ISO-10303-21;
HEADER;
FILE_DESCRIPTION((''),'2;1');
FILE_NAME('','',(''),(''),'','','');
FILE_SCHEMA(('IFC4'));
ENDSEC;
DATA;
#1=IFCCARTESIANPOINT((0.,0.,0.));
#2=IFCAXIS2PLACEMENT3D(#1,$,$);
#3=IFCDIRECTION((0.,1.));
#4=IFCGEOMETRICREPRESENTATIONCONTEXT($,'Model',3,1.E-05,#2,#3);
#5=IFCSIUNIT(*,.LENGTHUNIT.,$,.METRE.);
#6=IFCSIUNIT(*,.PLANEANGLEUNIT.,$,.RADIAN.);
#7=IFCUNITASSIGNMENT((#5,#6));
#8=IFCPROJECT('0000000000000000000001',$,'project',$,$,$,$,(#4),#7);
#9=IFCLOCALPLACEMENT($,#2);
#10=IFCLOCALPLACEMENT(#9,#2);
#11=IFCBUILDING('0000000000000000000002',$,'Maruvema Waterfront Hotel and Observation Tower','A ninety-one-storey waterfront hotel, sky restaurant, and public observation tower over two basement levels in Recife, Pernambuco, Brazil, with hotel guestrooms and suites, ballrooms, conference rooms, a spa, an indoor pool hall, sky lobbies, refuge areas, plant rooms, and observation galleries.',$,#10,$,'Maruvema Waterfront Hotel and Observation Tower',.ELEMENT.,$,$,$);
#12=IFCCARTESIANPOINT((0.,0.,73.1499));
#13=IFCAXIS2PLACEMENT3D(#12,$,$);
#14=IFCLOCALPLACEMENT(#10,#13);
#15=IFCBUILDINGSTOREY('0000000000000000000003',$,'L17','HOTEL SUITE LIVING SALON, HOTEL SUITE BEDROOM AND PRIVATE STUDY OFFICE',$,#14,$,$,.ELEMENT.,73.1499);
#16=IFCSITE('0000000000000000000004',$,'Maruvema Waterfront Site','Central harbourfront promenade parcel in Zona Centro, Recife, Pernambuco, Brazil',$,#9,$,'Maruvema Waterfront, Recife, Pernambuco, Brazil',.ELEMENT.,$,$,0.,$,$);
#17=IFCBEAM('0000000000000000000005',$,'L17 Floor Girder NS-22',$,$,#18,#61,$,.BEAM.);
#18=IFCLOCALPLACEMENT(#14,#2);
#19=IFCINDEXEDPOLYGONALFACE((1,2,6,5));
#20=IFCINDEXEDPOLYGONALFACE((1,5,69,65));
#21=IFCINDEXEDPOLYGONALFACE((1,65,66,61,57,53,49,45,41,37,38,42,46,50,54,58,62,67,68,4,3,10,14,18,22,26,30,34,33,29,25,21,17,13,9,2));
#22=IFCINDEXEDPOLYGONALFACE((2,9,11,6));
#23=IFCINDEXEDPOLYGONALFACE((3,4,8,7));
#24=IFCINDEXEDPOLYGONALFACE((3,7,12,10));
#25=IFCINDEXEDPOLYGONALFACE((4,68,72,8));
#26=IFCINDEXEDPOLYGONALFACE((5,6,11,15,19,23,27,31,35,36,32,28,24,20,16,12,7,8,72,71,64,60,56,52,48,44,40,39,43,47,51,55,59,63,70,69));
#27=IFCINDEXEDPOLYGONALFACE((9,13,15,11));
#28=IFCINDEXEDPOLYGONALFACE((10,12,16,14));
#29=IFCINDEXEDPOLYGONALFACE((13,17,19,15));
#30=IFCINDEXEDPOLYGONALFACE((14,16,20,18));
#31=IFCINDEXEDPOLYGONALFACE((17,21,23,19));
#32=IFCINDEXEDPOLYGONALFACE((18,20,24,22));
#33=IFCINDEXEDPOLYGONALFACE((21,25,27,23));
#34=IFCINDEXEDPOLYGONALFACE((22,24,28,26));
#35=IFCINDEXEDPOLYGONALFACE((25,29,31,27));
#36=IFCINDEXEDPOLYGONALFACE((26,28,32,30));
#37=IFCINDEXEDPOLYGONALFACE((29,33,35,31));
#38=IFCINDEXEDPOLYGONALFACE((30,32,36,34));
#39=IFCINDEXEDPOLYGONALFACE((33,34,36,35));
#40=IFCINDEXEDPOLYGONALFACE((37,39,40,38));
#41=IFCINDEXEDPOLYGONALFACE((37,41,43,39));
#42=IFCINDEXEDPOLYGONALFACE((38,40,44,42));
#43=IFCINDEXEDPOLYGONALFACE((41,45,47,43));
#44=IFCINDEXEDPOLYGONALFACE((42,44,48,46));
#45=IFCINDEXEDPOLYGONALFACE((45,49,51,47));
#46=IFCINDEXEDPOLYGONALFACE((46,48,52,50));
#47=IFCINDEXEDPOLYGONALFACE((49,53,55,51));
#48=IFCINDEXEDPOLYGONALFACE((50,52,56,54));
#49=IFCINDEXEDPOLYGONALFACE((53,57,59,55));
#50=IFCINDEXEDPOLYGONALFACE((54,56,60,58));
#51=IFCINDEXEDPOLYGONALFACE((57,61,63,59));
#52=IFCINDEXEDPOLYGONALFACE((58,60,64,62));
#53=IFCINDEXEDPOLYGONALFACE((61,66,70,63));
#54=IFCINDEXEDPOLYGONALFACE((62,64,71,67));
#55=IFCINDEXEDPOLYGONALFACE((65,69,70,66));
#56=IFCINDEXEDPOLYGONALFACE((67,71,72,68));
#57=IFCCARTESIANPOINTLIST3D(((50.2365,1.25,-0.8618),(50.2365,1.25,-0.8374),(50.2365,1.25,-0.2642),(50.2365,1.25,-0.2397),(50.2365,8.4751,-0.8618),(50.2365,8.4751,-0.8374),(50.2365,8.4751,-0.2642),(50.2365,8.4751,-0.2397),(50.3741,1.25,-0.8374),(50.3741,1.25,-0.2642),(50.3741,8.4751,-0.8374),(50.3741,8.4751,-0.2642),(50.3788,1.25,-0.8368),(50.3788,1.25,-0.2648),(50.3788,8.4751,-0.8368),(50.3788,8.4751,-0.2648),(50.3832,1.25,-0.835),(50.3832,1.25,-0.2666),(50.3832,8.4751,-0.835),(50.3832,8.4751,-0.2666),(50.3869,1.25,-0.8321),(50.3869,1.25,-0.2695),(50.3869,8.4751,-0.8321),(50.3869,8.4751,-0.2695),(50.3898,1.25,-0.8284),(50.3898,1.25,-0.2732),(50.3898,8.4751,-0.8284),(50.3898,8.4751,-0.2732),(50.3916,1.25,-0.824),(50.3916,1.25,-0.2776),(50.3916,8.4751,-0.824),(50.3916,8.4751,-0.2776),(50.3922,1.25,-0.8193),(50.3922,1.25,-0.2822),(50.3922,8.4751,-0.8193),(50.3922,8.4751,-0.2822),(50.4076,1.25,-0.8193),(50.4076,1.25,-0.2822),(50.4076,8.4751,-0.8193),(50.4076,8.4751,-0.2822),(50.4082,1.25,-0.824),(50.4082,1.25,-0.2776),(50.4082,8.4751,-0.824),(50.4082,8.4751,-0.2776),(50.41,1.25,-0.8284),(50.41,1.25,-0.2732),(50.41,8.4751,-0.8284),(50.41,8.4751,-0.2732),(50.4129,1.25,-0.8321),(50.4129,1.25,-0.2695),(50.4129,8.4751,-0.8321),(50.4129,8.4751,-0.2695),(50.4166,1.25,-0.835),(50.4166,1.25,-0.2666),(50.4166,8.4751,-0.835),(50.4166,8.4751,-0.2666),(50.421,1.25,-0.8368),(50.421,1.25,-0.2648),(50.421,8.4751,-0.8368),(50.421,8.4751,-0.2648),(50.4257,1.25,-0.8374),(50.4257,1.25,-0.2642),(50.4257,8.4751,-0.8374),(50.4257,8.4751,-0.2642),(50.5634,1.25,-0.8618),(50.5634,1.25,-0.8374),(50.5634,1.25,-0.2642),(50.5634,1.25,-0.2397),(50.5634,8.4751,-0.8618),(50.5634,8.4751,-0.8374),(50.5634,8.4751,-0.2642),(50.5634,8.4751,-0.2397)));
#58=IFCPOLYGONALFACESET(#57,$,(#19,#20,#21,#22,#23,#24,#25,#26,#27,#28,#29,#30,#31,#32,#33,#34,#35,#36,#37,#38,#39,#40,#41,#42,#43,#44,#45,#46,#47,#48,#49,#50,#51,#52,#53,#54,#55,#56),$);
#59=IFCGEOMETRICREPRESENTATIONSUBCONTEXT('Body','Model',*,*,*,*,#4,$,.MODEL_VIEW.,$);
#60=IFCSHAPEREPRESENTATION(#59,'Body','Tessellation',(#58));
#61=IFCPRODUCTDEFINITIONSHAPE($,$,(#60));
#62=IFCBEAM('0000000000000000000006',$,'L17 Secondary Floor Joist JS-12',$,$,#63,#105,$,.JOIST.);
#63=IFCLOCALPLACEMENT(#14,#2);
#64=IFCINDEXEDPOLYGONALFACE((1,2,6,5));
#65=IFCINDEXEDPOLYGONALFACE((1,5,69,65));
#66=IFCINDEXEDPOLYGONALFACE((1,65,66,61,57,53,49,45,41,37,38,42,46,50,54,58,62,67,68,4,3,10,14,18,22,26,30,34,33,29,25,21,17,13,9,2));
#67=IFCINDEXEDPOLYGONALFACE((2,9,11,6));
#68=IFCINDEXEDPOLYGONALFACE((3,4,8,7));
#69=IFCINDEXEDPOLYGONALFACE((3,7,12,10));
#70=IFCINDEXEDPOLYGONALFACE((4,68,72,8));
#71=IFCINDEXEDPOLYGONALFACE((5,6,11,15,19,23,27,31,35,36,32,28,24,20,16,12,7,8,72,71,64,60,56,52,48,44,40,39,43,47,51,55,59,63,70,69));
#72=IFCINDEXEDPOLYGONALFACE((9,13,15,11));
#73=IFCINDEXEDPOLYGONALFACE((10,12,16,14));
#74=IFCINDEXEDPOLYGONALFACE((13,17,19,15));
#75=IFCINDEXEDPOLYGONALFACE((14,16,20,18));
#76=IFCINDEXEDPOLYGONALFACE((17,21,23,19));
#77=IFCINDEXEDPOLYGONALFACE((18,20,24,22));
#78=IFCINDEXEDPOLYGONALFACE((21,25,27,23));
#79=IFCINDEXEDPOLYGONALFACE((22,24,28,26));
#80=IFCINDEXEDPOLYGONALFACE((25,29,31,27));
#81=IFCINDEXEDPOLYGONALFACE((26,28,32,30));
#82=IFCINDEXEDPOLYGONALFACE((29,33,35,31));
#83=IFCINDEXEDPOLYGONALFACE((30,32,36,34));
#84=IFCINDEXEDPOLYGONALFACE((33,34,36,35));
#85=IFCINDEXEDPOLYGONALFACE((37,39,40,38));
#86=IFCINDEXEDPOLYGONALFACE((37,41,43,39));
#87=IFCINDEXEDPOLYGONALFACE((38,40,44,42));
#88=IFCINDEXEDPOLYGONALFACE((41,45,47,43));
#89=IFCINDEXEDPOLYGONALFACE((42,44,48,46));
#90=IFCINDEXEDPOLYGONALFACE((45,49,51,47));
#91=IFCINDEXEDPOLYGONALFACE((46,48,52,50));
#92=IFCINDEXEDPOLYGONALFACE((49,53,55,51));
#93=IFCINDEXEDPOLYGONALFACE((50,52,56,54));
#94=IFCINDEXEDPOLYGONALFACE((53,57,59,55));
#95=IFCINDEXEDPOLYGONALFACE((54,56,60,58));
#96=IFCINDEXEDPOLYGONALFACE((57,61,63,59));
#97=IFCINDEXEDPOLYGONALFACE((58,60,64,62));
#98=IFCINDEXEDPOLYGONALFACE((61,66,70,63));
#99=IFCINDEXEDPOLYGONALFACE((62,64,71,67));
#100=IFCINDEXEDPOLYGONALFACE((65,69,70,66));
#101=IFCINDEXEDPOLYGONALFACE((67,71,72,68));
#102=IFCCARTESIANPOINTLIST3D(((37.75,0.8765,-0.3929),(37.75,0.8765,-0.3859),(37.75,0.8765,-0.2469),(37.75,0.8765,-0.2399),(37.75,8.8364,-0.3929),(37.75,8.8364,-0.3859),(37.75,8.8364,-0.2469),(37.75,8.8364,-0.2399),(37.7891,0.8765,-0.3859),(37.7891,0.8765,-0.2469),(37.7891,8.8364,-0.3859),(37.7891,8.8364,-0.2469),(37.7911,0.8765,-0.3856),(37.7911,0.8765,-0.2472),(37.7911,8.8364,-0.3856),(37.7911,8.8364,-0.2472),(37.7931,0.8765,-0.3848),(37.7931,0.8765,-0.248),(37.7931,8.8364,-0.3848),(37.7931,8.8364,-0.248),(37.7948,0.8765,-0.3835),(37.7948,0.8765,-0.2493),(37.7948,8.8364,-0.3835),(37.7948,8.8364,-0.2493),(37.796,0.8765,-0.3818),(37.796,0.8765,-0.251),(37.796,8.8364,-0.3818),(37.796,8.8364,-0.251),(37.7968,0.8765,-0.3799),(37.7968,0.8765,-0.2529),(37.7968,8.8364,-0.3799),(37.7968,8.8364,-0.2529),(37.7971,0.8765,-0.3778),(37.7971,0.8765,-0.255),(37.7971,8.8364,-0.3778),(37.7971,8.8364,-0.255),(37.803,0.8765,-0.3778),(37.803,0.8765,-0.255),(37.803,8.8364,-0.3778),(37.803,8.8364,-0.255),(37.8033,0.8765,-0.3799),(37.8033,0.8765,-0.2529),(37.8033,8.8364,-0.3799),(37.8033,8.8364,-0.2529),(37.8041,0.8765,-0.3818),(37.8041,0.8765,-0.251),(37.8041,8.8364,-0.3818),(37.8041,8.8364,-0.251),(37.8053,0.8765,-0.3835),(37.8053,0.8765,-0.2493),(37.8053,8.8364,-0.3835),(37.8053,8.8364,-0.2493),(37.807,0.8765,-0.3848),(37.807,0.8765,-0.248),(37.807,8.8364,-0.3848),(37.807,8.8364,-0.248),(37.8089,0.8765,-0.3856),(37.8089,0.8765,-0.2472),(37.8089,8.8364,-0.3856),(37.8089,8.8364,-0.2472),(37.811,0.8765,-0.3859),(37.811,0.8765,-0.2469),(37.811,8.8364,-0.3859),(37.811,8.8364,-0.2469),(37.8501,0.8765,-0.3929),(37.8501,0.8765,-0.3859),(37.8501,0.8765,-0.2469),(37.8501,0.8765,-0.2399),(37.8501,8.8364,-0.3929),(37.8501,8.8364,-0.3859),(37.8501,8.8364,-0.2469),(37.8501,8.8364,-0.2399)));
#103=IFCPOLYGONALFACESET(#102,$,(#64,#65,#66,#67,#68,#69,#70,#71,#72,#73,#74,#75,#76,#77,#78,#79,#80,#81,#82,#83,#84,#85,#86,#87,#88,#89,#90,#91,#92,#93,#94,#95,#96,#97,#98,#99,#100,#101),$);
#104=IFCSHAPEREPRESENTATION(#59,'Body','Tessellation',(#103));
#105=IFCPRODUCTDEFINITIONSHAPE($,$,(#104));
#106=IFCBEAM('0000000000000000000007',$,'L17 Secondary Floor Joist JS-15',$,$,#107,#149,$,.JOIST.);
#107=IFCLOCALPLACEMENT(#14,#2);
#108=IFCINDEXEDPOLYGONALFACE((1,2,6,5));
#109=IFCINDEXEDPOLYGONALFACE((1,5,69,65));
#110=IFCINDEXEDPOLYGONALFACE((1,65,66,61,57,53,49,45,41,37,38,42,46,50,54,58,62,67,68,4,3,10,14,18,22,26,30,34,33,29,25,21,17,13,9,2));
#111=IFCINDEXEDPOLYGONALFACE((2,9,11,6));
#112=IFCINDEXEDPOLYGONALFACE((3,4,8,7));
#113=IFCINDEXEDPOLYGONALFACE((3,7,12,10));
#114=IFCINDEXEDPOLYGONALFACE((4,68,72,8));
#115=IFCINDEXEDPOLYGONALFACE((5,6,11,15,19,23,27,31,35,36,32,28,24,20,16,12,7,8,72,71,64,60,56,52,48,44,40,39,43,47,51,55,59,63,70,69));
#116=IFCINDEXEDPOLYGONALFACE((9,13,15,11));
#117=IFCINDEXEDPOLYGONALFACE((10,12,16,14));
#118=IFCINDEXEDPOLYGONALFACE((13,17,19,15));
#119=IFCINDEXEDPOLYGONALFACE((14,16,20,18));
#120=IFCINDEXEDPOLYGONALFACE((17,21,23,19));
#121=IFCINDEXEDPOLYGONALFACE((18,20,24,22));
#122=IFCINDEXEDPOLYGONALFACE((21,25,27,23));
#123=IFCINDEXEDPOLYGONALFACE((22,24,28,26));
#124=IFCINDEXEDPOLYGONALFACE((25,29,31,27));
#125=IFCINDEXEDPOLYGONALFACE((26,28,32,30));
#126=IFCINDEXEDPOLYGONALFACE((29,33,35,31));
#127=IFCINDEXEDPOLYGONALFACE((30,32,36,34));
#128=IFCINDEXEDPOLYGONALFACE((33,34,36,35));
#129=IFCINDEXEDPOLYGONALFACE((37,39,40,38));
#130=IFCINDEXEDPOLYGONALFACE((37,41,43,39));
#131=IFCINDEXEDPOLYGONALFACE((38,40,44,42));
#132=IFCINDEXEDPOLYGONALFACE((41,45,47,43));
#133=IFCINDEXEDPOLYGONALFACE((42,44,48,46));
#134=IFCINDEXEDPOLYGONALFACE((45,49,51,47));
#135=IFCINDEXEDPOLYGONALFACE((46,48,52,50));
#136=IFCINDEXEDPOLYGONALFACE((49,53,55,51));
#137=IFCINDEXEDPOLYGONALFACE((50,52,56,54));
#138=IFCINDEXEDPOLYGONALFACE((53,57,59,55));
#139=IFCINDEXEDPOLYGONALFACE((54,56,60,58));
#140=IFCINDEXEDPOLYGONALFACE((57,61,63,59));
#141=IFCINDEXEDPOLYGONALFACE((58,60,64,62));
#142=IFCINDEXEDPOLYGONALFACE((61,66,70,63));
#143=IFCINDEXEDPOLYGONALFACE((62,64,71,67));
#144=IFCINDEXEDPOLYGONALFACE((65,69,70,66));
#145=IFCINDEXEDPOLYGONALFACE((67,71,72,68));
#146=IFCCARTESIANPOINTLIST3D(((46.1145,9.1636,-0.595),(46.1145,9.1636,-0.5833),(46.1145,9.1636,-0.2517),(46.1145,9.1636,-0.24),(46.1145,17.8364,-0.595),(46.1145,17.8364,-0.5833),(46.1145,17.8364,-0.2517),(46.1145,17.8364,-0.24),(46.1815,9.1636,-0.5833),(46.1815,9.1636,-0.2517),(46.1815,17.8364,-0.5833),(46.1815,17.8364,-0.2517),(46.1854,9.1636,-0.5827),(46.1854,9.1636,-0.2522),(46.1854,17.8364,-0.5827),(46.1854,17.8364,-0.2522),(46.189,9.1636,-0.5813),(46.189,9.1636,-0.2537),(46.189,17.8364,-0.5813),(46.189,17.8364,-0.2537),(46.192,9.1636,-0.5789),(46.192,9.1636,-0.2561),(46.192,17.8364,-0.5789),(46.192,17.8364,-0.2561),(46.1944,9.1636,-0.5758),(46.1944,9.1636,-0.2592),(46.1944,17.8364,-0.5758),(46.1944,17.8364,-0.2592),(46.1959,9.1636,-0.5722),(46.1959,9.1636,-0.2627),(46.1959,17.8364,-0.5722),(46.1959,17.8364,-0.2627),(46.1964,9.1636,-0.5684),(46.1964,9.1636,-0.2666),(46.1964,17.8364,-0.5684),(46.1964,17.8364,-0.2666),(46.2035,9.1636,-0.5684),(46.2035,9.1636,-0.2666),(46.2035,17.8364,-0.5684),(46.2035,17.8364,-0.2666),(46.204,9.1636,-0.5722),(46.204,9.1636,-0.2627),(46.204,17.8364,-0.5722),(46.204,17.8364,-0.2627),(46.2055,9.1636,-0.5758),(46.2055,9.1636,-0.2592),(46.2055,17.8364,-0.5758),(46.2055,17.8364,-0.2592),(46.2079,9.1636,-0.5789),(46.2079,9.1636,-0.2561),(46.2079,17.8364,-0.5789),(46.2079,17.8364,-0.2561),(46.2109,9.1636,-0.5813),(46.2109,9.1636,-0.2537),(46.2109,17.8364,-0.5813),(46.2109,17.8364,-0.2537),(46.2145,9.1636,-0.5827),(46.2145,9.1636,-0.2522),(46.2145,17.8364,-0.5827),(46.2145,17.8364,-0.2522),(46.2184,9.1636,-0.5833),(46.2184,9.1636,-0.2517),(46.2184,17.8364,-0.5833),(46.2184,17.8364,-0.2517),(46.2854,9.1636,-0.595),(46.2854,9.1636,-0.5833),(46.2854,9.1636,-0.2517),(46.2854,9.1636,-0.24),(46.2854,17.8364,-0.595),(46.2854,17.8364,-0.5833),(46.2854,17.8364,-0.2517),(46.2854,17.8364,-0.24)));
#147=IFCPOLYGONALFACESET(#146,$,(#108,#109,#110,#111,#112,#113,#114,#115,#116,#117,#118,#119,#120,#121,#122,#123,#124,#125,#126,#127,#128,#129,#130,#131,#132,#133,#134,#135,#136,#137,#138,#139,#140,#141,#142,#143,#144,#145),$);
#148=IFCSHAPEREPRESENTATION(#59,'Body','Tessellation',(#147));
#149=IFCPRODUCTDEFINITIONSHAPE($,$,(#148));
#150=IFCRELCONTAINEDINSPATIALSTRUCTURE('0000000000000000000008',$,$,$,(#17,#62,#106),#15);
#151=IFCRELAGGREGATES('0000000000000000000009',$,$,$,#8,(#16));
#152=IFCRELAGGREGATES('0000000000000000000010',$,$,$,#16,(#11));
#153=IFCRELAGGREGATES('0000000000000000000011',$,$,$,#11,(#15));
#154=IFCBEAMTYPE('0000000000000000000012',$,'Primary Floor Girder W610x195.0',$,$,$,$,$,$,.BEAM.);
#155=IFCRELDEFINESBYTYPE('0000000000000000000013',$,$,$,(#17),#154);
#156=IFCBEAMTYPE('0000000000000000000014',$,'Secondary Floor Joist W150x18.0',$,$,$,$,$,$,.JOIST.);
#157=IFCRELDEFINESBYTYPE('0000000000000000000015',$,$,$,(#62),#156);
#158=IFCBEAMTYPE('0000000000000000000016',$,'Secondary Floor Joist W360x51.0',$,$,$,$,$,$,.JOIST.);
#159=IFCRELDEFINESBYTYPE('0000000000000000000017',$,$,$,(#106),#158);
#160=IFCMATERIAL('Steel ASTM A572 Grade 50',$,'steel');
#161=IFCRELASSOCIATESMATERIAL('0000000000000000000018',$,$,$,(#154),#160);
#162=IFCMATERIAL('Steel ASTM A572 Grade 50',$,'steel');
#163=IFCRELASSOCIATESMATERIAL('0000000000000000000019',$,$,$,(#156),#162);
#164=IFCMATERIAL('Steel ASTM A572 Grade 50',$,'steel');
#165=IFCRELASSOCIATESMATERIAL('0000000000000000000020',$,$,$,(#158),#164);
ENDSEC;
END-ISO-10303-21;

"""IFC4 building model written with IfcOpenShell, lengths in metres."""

from ifc_helpers import new_model, si_unit, direction, frame, origin, origin_2d, place, context, subcontext, project, spatial, i_section, extrude, material, material_profile, profile_set, type_object, element, save


model = new_model("IFC4")

# Units and contexts
model_context = context("Model", 3, precision=1e-05, world=origin(), true_north=direction((0.0, 1.0)))
body_context = subcontext(model_context, "Body", "Model", "MODEL_VIEW")
ifc_project = project(units=[si_unit("LENGTHUNIT", "METRE"), si_unit("PLANEANGLEUNIT", "RADIAN")], contexts=[model_context])

# Site, building, storey
site_placement = place(None, origin())
site = spatial("IfcSite", under=ifc_project, at=site_placement, Name="Maruvema Waterfront Site", Description="Central harbourfront promenade parcel in Zona Centro, Recife, Pernambuco, Brazil", LongName="Maruvema Waterfront, Recife, Pernambuco, Brazil", CompositionType="ELEMENT", RefElevation=0.0)
building_placement = place(site_placement, origin())
building = spatial("IfcBuilding", under=site, at=building_placement, Name="Maruvema Waterfront Hotel and Observation Tower", Description="A ninety-one-storey waterfront hotel, sky restaurant, and public observation tower over two basement levels in Recife, Pernambuco, Brazil, with hotel guestrooms and suites, ballrooms, conference rooms, a spa, an indoor pool hall, sky lobbies, refuge areas, plant rooms, and observation galleries.", LongName="Maruvema Waterfront Hotel and Observation Tower", CompositionType="ELEMENT")
storey_placement = place(building_placement, frame((0.0, 0.0, 73.1499)))
storey = spatial("IfcBuildingStorey", under=building, at=storey_placement, Name="L17", Description="HOTEL SUITE LIVING SALON, HOTEL SUITE BEDROOM AND PRIVATE STUDY OFFICE", CompositionType="ELEMENT", Elevation=73.1499)

# Beams
ifc_material_1 = material(Name="Steel ASTM A572 Grade 50", Category="steel")
ifc_material_profile_1 = material_profile(ifc_material_1, i_section(OverallWidth=0.3269, OverallDepth=0.6221, WebThickness=0.0154, FlangeThickness=0.0244, FilletRadius=0.0181, at=origin_2d()), Name="W610x195.0")
ifc_profile_set_1 = profile_set([ifc_material_profile_1], Name="Steel ASTM A572 Grade 50")
beam_type_1 = type_object("IfcBeamType", Name="Primary Floor Girder W610x195.0", PredefinedType="BEAM", material=ifc_profile_set_1)
beam_1_placement = place(storey_placement, frame((50.3999, 1.25, -0.5508), z_axis=(0.0, 1.0, 0.0), x_axis=(-1.0, 0.0, 0.0)))
element("IfcBeam", 1, at=beam_1_placement, inside=storey, type_object=beam_type_1, Name="L17 Floor Girder NS-22", PredefinedType="BEAM", context=body_context, shape_type="SweptSolid", body=[
    extrude(i_section(OverallWidth=0.3269, OverallDepth=0.6221, WebThickness=0.0154, FlangeThickness=0.0244, FilletRadius=0.0181, at=origin_2d()), origin(), (0.0, 0.0, 1.0), 7.2251),
])
ifc_material_2 = material(Name="Steel ASTM A572 Grade 50", Category="steel")
ifc_material_profile_2 = material_profile(ifc_material_2, i_section(OverallWidth=0.1001, OverallDepth=0.1531, WebThickness=0.0059, FlangeThickness=0.0071, FilletRadius=0.0081, at=origin_2d()), Name="W150x18.0")
ifc_profile_set_2 = profile_set([ifc_material_profile_2], Name="Steel ASTM A572 Grade 50")
beam_type_2 = type_object("IfcBeamType", Name="Secondary Floor Joist W150x18.0", PredefinedType="JOIST", material=ifc_profile_set_2)
beam_2_placement = place(storey_placement, frame((37.8, 0.8765, -0.3164), z_axis=(0.0, 1.0, 0.0), x_axis=(-1.0, 0.0, 0.0)))
element("IfcBeam", 2, at=beam_2_placement, inside=storey, type_object=beam_type_2, Name="L17 Secondary Floor Joist JS-12", PredefinedType="JOIST", context=body_context, shape_type="SweptSolid", body=[
    extrude(i_section(OverallWidth=0.1001, OverallDepth=0.1531, WebThickness=0.0059, FlangeThickness=0.0071, FilletRadius=0.0081, at=origin_2d()), origin(), (0.0, 0.0, 1.0), 7.96),
])
ifc_material_3 = material(Name="Steel ASTM A572 Grade 50", Category="steel")
ifc_material_profile_3 = material_profile(ifc_material_3, i_section(OverallWidth=0.1709, OverallDepth=0.355, WebThickness=0.0071, FlangeThickness=0.0117, FilletRadius=0.0149, at=origin_2d()), Name="W360x51.0")
ifc_profile_set_3 = profile_set([ifc_material_profile_3], Name="Steel ASTM A572 Grade 50")
beam_type_3 = type_object("IfcBeamType", Name="Secondary Floor Joist W360x51.0", PredefinedType="JOIST", material=ifc_profile_set_3)
beam_3_placement = place(storey_placement, frame((46.2, 9.1636, -0.4175), z_axis=(0.0, 1.0, 0.0), x_axis=(-1.0, 0.0, 0.0)))
element("IfcBeam", 3, at=beam_3_placement, inside=storey, type_object=beam_type_3, Name="L17 Secondary Floor Joist JS-15", PredefinedType="JOIST", context=body_context, shape_type="SweptSolid", body=[
    extrude(i_section(OverallWidth=0.1709, OverallDepth=0.355, WebThickness=0.0071, FlangeThickness=0.0117, FilletRadius=0.0149, at=origin_2d()), origin(), (0.0, 0.0, 1.0), 8.6729),
])

save(model, "model.ifc")
